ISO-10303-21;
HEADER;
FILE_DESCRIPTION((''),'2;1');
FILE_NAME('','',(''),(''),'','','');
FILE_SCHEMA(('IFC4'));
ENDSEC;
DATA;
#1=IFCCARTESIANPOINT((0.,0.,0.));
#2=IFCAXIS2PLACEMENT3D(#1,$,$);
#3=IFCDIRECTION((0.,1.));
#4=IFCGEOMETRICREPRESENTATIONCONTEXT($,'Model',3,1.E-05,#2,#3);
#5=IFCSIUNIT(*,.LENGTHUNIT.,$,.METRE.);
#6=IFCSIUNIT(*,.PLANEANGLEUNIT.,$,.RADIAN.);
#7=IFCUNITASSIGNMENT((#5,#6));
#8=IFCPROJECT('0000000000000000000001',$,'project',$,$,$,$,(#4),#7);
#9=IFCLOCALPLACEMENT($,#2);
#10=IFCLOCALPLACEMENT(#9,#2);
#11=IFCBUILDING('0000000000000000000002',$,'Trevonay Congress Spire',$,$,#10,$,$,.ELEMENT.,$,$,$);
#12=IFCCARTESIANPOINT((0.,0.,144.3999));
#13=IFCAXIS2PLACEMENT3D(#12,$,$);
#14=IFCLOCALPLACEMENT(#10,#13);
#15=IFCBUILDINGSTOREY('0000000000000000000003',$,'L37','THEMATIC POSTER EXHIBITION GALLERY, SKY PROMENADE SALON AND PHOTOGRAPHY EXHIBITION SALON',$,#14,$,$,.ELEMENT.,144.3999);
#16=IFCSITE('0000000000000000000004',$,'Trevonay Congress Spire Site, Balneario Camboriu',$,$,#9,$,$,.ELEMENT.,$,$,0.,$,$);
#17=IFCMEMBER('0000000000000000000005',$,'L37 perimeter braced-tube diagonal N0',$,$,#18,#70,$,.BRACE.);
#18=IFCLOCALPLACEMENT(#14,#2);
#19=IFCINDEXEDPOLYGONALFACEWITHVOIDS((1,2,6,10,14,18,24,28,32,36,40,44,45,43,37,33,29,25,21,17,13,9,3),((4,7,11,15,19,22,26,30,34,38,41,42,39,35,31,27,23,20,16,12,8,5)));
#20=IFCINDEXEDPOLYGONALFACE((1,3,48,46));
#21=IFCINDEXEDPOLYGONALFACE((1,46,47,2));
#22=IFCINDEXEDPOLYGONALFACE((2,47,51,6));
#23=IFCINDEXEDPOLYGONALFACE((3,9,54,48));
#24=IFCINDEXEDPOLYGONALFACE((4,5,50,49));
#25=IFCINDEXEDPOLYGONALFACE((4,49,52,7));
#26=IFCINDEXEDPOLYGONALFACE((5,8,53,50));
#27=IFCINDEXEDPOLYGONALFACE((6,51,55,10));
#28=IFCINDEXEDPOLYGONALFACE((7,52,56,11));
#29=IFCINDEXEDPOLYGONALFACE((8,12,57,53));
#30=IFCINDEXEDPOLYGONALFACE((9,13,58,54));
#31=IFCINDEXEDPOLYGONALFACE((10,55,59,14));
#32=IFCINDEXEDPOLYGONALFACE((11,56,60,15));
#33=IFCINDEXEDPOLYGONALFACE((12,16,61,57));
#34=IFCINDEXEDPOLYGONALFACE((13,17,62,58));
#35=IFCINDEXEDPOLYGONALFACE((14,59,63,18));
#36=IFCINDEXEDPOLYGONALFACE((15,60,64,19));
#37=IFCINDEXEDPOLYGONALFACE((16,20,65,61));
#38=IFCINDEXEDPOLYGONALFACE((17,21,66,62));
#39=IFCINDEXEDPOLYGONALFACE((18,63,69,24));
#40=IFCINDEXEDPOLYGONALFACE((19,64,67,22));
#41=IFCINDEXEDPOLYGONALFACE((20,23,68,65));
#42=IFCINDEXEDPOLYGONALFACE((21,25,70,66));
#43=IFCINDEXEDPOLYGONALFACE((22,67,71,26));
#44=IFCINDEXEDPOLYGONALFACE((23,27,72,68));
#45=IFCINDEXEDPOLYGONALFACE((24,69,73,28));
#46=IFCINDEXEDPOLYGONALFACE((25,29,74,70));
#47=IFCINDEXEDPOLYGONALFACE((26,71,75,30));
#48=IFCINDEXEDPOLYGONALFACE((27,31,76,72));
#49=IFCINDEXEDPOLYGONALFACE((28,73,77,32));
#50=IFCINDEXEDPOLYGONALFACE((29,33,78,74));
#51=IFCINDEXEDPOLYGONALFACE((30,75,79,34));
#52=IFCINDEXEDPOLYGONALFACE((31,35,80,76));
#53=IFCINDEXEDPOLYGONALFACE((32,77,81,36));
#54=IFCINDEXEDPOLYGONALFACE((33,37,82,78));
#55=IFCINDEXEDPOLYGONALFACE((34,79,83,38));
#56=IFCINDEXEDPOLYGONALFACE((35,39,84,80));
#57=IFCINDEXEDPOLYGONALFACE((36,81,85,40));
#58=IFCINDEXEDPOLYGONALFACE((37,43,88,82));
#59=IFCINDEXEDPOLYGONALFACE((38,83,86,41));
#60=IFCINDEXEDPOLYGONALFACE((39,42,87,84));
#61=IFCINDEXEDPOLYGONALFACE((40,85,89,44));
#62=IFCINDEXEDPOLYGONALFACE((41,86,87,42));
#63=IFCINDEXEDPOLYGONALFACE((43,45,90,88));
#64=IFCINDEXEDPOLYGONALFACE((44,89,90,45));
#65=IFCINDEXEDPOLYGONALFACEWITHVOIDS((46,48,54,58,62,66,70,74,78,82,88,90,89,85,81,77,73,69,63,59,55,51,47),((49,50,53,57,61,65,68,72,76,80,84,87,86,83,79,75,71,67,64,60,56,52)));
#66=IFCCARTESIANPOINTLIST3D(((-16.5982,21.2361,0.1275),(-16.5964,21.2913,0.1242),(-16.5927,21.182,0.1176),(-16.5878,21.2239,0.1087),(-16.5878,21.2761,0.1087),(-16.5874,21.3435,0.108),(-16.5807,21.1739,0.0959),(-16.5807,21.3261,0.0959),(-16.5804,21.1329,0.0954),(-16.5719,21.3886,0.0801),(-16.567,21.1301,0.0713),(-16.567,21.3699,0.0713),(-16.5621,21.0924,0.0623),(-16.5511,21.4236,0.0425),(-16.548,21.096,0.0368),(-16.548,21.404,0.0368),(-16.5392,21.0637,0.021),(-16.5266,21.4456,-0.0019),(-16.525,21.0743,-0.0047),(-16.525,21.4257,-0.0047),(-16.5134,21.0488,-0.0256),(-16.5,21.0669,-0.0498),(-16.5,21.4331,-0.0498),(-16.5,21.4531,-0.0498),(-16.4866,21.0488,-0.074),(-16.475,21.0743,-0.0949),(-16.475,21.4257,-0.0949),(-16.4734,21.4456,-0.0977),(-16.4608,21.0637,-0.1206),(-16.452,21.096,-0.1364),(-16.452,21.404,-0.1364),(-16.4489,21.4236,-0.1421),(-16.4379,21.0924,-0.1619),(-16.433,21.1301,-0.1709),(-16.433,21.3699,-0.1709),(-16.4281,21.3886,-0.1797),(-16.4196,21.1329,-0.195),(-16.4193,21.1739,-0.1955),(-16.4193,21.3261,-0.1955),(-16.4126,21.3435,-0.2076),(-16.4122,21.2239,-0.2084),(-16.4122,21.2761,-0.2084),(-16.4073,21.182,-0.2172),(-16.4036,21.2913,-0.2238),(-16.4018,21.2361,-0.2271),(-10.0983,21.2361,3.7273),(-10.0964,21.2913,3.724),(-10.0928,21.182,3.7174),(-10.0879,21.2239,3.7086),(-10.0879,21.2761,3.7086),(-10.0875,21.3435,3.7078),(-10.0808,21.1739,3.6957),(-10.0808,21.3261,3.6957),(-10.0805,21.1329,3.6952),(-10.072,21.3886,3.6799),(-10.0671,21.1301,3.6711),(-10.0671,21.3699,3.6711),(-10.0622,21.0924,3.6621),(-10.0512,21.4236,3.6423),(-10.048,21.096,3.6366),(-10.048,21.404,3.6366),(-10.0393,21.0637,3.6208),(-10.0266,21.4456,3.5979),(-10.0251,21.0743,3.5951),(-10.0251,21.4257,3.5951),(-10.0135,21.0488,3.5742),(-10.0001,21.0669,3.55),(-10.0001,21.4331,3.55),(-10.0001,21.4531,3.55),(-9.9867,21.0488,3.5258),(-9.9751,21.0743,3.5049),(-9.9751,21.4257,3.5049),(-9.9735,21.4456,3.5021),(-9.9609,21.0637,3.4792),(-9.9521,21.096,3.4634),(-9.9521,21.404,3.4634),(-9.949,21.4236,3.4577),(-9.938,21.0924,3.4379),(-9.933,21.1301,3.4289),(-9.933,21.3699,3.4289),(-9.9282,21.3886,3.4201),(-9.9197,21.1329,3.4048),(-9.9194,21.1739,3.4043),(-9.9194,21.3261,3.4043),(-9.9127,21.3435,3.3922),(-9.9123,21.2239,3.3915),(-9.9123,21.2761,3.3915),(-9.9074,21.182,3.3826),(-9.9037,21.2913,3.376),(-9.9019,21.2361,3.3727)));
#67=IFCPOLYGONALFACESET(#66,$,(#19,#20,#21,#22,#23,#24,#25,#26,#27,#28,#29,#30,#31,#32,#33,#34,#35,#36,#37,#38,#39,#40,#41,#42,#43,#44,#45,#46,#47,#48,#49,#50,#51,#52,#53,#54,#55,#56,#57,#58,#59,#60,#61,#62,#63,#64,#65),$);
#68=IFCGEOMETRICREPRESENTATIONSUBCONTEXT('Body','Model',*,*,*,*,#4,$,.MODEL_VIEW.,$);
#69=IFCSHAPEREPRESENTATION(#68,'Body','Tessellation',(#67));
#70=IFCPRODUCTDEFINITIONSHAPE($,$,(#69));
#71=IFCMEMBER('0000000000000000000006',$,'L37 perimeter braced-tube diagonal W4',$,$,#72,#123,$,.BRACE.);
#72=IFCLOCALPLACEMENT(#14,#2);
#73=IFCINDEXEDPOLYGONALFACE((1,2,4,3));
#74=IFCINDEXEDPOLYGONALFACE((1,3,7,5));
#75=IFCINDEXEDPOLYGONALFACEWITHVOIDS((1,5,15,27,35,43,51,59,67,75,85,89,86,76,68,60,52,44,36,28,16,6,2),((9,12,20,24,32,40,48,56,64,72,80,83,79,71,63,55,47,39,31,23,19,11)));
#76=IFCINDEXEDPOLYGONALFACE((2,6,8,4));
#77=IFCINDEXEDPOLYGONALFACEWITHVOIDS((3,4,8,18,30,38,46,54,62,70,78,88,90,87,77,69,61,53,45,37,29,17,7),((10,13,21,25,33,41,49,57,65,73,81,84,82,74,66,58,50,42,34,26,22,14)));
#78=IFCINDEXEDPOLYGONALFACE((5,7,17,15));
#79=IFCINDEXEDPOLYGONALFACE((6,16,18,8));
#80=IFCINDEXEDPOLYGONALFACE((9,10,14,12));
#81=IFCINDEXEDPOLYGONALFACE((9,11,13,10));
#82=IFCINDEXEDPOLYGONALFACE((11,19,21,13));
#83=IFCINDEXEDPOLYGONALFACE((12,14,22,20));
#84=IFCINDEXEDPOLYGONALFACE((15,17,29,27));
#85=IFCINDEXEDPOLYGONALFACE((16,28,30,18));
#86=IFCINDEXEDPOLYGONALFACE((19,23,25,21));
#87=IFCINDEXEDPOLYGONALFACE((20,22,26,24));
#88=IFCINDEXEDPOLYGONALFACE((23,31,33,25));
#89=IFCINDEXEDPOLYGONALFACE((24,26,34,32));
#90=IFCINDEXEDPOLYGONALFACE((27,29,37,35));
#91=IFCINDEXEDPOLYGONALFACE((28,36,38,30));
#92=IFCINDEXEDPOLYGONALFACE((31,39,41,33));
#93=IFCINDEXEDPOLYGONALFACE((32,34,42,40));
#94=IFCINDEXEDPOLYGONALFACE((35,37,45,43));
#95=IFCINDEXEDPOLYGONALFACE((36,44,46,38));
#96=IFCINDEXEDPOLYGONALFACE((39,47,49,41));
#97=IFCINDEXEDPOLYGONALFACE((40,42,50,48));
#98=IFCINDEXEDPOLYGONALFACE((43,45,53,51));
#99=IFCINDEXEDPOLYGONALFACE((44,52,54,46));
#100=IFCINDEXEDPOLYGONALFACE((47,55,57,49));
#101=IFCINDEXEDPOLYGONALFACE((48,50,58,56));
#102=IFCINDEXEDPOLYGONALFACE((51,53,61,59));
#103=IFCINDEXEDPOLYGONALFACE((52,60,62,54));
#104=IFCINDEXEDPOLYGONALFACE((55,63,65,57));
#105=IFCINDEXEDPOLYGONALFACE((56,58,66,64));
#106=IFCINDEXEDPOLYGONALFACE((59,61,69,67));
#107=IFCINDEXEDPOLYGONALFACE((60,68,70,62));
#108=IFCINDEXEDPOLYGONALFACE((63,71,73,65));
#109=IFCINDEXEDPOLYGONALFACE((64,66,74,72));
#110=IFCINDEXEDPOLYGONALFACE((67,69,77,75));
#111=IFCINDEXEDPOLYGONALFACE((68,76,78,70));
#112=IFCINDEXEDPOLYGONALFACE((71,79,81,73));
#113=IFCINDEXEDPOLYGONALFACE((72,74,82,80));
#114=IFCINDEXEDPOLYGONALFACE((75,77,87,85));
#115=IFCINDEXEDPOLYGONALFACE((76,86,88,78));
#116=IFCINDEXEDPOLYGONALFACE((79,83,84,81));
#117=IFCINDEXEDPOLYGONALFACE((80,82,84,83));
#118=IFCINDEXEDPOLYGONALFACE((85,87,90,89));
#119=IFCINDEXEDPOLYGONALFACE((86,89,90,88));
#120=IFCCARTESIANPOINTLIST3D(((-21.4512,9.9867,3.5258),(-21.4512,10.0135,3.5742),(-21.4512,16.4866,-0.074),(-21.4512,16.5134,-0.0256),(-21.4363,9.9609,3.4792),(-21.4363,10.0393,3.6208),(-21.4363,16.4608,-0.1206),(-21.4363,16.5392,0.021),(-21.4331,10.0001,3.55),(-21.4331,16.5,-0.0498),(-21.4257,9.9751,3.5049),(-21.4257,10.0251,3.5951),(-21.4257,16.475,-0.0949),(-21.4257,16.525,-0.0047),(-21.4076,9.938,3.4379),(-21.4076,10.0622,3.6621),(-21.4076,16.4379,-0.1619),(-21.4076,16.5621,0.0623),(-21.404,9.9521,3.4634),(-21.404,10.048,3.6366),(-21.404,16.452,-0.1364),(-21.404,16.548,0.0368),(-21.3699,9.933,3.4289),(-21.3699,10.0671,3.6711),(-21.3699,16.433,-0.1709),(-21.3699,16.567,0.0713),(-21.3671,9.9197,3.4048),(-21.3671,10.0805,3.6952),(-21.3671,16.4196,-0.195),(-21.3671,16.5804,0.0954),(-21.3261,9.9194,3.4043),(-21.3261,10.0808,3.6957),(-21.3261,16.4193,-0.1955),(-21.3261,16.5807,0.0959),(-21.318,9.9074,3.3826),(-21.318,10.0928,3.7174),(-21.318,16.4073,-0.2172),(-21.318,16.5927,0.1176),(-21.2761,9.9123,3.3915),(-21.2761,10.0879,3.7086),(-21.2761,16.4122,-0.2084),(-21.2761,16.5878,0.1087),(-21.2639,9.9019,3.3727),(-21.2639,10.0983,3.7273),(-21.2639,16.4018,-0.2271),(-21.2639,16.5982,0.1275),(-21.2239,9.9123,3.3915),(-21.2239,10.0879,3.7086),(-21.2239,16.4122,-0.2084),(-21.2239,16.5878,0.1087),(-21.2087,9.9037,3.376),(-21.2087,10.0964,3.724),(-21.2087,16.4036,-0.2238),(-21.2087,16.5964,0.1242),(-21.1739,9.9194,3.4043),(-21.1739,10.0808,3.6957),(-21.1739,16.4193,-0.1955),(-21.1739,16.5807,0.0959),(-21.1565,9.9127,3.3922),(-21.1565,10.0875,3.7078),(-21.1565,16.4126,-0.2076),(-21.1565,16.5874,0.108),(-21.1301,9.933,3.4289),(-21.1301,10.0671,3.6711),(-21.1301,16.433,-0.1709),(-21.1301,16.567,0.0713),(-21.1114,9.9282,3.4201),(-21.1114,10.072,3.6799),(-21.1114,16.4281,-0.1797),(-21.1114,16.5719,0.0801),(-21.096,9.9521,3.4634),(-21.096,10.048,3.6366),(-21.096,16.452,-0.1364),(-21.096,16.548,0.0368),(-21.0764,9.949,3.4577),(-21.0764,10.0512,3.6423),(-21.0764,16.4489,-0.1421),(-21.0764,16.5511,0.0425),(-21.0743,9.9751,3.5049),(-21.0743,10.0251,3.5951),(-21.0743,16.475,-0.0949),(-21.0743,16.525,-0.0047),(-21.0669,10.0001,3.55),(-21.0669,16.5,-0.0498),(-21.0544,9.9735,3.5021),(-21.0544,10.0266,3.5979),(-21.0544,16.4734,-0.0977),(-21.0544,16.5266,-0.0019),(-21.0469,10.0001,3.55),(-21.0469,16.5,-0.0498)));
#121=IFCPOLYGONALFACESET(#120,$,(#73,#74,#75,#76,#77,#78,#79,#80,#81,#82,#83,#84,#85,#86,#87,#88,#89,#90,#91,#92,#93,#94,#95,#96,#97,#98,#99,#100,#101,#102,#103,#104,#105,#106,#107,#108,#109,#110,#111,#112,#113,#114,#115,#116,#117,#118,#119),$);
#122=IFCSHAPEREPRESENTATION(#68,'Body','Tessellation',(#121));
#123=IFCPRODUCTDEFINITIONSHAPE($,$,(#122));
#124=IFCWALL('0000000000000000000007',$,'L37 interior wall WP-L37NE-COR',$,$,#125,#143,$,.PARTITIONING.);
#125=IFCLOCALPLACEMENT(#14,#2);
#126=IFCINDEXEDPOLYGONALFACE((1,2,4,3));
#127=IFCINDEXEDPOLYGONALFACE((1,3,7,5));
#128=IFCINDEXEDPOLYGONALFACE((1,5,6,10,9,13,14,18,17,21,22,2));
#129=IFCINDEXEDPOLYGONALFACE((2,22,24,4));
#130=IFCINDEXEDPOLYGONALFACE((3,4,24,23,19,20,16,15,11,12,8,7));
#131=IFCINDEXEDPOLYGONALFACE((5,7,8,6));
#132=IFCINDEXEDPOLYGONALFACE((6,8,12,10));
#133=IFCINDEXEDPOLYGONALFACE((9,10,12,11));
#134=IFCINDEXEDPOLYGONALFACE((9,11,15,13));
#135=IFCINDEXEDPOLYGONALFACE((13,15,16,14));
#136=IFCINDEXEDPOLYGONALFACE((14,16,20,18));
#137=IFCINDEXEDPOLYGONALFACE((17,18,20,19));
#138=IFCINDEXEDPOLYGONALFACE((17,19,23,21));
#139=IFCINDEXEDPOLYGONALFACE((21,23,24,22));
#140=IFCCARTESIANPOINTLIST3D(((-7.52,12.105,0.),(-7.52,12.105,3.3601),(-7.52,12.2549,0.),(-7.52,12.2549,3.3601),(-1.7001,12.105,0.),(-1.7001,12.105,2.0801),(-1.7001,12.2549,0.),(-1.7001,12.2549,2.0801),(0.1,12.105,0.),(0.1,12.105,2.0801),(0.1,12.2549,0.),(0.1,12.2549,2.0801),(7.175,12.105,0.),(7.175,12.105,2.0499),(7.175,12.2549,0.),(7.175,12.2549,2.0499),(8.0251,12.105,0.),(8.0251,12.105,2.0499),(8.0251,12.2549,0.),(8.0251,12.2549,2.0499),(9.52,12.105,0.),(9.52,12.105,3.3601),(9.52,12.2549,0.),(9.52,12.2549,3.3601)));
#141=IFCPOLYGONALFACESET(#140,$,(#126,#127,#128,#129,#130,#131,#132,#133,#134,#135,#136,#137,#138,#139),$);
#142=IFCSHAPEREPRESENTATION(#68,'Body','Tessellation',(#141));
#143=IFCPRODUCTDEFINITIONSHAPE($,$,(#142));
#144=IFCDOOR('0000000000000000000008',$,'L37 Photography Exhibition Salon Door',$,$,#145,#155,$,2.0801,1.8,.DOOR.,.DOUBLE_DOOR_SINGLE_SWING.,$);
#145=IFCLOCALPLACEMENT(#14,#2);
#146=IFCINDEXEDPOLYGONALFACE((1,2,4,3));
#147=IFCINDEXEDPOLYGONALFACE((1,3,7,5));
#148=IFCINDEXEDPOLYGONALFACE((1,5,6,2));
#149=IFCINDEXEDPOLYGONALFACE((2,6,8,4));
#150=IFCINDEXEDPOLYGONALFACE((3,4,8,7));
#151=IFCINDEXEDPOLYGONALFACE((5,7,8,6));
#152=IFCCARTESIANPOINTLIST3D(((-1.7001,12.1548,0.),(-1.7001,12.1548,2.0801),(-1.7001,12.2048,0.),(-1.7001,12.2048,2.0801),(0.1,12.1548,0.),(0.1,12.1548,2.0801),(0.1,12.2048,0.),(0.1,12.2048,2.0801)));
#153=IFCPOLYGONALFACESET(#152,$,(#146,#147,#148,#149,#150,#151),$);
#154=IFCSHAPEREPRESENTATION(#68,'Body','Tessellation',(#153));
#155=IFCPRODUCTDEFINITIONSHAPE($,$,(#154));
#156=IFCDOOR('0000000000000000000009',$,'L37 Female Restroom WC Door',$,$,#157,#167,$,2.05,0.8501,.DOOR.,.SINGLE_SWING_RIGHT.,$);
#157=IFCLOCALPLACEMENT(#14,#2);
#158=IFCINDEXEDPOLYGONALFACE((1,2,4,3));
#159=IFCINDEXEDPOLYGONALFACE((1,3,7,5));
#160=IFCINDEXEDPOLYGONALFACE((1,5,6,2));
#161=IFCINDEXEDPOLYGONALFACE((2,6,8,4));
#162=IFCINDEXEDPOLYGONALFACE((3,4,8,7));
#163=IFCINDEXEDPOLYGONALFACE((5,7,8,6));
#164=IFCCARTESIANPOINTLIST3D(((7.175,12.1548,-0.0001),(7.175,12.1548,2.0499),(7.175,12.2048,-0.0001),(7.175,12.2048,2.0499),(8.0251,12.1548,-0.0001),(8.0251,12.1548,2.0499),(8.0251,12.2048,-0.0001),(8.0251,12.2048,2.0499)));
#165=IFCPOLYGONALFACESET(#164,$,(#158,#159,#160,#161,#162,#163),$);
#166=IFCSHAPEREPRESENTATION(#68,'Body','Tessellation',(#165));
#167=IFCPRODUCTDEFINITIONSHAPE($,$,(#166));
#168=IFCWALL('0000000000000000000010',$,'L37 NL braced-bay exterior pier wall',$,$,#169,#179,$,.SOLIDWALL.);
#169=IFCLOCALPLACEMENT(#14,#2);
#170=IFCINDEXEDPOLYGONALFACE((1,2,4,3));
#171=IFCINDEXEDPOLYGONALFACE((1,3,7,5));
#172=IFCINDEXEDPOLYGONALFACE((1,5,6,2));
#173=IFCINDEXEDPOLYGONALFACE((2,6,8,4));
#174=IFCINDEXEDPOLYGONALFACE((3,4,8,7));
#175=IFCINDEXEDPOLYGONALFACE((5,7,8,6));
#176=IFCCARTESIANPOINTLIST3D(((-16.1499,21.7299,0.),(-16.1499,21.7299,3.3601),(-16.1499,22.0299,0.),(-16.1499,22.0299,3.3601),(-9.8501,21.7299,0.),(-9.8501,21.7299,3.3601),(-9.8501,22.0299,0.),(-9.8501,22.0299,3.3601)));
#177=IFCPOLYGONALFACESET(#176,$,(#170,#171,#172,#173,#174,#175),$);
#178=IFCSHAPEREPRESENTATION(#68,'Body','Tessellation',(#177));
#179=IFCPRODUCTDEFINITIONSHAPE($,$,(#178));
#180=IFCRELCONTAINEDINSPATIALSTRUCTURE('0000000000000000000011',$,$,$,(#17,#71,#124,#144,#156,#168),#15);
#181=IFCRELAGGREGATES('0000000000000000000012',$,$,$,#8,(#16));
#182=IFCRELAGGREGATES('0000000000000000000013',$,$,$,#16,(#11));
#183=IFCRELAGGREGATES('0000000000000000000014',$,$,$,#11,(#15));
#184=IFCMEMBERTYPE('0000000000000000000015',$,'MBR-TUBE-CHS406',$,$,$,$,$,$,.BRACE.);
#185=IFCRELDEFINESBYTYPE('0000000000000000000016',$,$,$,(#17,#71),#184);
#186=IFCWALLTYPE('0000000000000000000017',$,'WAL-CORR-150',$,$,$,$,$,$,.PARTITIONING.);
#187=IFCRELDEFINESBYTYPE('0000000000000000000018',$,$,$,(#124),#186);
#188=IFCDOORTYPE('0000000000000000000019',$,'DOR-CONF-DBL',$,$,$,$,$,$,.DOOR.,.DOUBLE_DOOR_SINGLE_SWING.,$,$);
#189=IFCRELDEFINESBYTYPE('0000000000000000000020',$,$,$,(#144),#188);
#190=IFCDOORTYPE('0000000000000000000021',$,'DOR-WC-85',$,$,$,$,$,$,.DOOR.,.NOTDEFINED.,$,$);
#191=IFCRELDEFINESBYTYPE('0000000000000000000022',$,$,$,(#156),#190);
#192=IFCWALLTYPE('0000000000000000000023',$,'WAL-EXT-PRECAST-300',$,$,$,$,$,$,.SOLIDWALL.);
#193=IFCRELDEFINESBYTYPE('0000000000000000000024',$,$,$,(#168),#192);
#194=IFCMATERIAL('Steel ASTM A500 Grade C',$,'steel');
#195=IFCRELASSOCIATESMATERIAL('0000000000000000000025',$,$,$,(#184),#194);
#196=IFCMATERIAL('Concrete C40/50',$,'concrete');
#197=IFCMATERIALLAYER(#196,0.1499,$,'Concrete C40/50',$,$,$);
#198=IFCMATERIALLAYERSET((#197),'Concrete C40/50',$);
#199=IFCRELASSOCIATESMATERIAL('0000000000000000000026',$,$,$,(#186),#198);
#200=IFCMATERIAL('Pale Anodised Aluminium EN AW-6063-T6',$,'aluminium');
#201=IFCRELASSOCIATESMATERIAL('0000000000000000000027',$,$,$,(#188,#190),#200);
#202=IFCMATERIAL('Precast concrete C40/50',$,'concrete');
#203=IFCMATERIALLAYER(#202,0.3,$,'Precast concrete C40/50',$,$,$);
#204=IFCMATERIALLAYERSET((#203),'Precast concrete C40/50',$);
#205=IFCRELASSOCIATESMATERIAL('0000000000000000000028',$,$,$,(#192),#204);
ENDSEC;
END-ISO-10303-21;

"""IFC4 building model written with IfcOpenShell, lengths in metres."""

from ifc_helpers import new_model, si_unit, direction, frame, frame_2d, origin, origin_2d, place, context, subcontext, project, spatial, rectangle, hollow_circle, extrude, material, layer, layer_set, material_profile, profile_set, type_object, element, fill, save


model = new_model("IFC4")

# Units and contexts
model_context = context("Model", 3, precision=1e-05, world=origin(), true_north=direction((0.0, 1.0)))
body_context = subcontext(model_context, "Body", "Model", "MODEL_VIEW")
ifc_project = project(units=[si_unit("LENGTHUNIT", "METRE"), si_unit("PLANEANGLEUNIT", "RADIAN")], contexts=[model_context])

# Site, building, storey
site_placement = place(None, origin())
site = spatial("IfcSite", under=ifc_project, at=site_placement, Name="Trevonay Congress Spire Site, Balneario Camboriu", CompositionType="ELEMENT", RefElevation=0.0)
building_placement = place(site_placement, origin())
building = spatial("IfcBuilding", under=site, at=building_placement, Name="Trevonay Congress Spire", CompositionType="ELEMENT")
storey_placement = place(building_placement, frame((0.0, 0.0, 144.3999)))
storey = spatial("IfcBuildingStorey", under=building, at=storey_placement, Name="L37", Description="THEMATIC POSTER EXHIBITION GALLERY, SKY PROMENADE SALON AND PHOTOGRAPHY EXHIBITION SALON", CompositionType="ELEMENT", Elevation=144.3999)

# Shared definitions
ifc_material_1 = material(Name="Pale Anodised Aluminium EN AW-6063-T6", Category="aluminium")

# Members
ifc_material_2 = material(Name="Steel ASTM A500 Grade C", Category="steel")
ifc_material_profile_1 = material_profile(ifc_material_2, hollow_circle(Radius=0.2031, WallThickness=0.02, at=origin_2d()), Name="CHS 406.4x20")
ifc_profile_set_1 = profile_set([ifc_material_profile_1], Name="Steel ASTM A500 Grade C")
member_type_1 = type_object("IfcMemberType", Name="MBR-TUBE-CHS406", PredefinedType="BRACE", material=ifc_profile_set_1)
for number, where, z_axis, x_axis, name in (
    (1, (-16.5, 21.25, -0.0498), (0.8748, 0.0, 0.484485), (0.0, 1.0, 0.0), "L37 perimeter braced-tube diagonal N0"),
    (2, (-21.25, 16.5, -0.0498), (0.0, -0.8748, 0.484485), (1.0, 0.0, 0.0), "L37 perimeter braced-tube diagonal W4"),
):
    element("IfcMember", number, at=place(storey_placement, frame(where, z_axis=z_axis, x_axis=x_axis)), inside=storey, type_object=member_type_1, Name=name, PredefinedType="BRACE", context=body_context, shape_type="SweptSolid", body=[
        extrude(hollow_circle(Radius=0.2031, WallThickness=0.02, at=origin_2d()), origin(), (0.0, 0.0, 1.0), 7.4302),
    ])

# Wall, openings, doors
ifc_material_3 = material(Name="Concrete C40/50", Category="concrete")
ifc_layer_1 = layer(ifc_material_3, 0.1499, Name="Concrete C40/50")
ifc_layer_set_1 = layer_set([ifc_layer_1], Name="Concrete C40/50")
wall_type_1 = type_object("IfcWallType", Name="WAL-CORR-150", PredefinedType="PARTITIONING", material=ifc_layer_set_1)
wall_1_placement = place(storey_placement, frame((-7.52, 12.1799, 0.0), z_axis=(0.0, 0.0, 1.0), x_axis=(1.0, 0.0, 0.0)))
wall_1 = element("IfcWall", 3, at=wall_1_placement, inside=storey, type_object=wall_type_1, Name="L37 interior wall WP-L37NE-COR", PredefinedType="PARTITIONING", context=body_context, shape_type="SweptSolid", body=[
    extrude(rectangle(XDim=17.04, YDim=0.1499, at=frame_2d((8.52, 0.0))), origin(), (0.0, 0.0, 1.0), 3.3601),
])
opening_1_placement = place(wall_1_placement, frame((5.8201, 0.0, 0.0)))
opening_1 = element("IfcOpeningElement", 4, at=opening_1_placement, cuts=wall_1, PredefinedType="OPENING", context=body_context, shape_type="SweptSolid", body=[
    extrude(rectangle(XDim=1.8, YDim=2.0801, at=frame_2d((0.8999, 1.04))), frame((0.0, 0.085, 0.0), z_axis=(0.0, -1.0, 0.0), x_axis=(1.0, 0.0, 0.0)), (0.0, 0.0, 1.0), 0.1699),
])
opening_2_placement = place(wall_1_placement, frame((14.6951, 0.0, 0.0)))
opening_2 = element("IfcOpeningElement", 5, at=opening_2_placement, cuts=wall_1, PredefinedType="OPENING", context=body_context, shape_type="SweptSolid", body=[
    extrude(rectangle(XDim=0.8501, YDim=2.05, at=frame_2d((0.425, 1.0249))), frame((0.0, 0.085, 0.0), z_axis=(0.0, -1.0, 0.0), x_axis=(1.0, 0.0, 0.0)), (0.0, 0.0, 1.0), 0.1699),
])
door_type_1 = type_object("IfcDoorType", Name="DOR-CONF-DBL", OperationType="DOUBLE_DOOR_SINGLE_SWING", PredefinedType="DOOR", material=ifc_material_1)
door_1_placement = place(opening_1_placement, origin())
door_1 = element("IfcDoor", 6, at=door_1_placement, inside=storey, type_object=door_type_1, Name="L37 Photography Exhibition Salon Door", OperationType="DOUBLE_DOOR_SINGLE_SWING", OverallHeight=2.0801, OverallWidth=1.8, PredefinedType="DOOR", context=body_context, shape_type="SweptSolid", body=[
    extrude(rectangle(XDim=1.8, YDim=2.0801, at=frame_2d((0.8999, 1.04))), frame((0.0, 0.0249, 0.0), z_axis=(0.0, -1.0, 0.0), x_axis=(1.0, 0.0, 0.0)), (0.0, 0.0, 1.0), 0.05),
])
fill(opening_1, door_1)
door_type_2 = type_object("IfcDoorType", Name="DOR-WC-85", OperationType="NOTDEFINED", PredefinedType="DOOR", material=ifc_material_1)
door_2_placement = place(opening_2_placement, origin())
door_2 = element("IfcDoor", 7, at=door_2_placement, inside=storey, type_object=door_type_2, Name="L37 Female Restroom WC Door", OperationType="SINGLE_SWING_RIGHT", OverallHeight=2.05, OverallWidth=0.8501, PredefinedType="DOOR", context=body_context, shape_type="SweptSolid", body=[
    extrude(rectangle(XDim=0.8501, YDim=2.05, at=frame_2d((0.425, 1.0249))), frame((0.0, 0.0249, 0.0), z_axis=(0.0, -1.0, 0.0), x_axis=(1.0, 0.0, 0.0)), (0.0, 0.0, 1.0), 0.05),
])
fill(opening_2, door_2)

# Wall
ifc_material_4 = material(Name="Precast concrete C40/50", Category="concrete")
ifc_layer_2 = layer(ifc_material_4, 0.3, Name="Precast concrete C40/50")
ifc_layer_set_2 = layer_set([ifc_layer_2], Name="Precast concrete C40/50")
wall_type_2 = type_object("IfcWallType", Name="WAL-EXT-PRECAST-300", PredefinedType="SOLIDWALL", material=ifc_layer_set_2)
wall_2_placement = place(storey_placement, frame((-16.1499, 21.8799, 0.0), z_axis=(0.0, 0.0, 1.0), x_axis=(1.0, 0.0, 0.0)))
element("IfcWall", 8, at=wall_2_placement, inside=storey, type_object=wall_type_2, Name="L37 NL braced-bay exterior pier wall", PredefinedType="SOLIDWALL", context=body_context, shape_type="SweptSolid", body=[
    extrude(rectangle(XDim=6.2998, YDim=0.3, at=frame_2d((3.1499, 0.0))), origin(), (0.0, 0.0, 1.0), 3.3601),
])

save(model, "model.ifc")
